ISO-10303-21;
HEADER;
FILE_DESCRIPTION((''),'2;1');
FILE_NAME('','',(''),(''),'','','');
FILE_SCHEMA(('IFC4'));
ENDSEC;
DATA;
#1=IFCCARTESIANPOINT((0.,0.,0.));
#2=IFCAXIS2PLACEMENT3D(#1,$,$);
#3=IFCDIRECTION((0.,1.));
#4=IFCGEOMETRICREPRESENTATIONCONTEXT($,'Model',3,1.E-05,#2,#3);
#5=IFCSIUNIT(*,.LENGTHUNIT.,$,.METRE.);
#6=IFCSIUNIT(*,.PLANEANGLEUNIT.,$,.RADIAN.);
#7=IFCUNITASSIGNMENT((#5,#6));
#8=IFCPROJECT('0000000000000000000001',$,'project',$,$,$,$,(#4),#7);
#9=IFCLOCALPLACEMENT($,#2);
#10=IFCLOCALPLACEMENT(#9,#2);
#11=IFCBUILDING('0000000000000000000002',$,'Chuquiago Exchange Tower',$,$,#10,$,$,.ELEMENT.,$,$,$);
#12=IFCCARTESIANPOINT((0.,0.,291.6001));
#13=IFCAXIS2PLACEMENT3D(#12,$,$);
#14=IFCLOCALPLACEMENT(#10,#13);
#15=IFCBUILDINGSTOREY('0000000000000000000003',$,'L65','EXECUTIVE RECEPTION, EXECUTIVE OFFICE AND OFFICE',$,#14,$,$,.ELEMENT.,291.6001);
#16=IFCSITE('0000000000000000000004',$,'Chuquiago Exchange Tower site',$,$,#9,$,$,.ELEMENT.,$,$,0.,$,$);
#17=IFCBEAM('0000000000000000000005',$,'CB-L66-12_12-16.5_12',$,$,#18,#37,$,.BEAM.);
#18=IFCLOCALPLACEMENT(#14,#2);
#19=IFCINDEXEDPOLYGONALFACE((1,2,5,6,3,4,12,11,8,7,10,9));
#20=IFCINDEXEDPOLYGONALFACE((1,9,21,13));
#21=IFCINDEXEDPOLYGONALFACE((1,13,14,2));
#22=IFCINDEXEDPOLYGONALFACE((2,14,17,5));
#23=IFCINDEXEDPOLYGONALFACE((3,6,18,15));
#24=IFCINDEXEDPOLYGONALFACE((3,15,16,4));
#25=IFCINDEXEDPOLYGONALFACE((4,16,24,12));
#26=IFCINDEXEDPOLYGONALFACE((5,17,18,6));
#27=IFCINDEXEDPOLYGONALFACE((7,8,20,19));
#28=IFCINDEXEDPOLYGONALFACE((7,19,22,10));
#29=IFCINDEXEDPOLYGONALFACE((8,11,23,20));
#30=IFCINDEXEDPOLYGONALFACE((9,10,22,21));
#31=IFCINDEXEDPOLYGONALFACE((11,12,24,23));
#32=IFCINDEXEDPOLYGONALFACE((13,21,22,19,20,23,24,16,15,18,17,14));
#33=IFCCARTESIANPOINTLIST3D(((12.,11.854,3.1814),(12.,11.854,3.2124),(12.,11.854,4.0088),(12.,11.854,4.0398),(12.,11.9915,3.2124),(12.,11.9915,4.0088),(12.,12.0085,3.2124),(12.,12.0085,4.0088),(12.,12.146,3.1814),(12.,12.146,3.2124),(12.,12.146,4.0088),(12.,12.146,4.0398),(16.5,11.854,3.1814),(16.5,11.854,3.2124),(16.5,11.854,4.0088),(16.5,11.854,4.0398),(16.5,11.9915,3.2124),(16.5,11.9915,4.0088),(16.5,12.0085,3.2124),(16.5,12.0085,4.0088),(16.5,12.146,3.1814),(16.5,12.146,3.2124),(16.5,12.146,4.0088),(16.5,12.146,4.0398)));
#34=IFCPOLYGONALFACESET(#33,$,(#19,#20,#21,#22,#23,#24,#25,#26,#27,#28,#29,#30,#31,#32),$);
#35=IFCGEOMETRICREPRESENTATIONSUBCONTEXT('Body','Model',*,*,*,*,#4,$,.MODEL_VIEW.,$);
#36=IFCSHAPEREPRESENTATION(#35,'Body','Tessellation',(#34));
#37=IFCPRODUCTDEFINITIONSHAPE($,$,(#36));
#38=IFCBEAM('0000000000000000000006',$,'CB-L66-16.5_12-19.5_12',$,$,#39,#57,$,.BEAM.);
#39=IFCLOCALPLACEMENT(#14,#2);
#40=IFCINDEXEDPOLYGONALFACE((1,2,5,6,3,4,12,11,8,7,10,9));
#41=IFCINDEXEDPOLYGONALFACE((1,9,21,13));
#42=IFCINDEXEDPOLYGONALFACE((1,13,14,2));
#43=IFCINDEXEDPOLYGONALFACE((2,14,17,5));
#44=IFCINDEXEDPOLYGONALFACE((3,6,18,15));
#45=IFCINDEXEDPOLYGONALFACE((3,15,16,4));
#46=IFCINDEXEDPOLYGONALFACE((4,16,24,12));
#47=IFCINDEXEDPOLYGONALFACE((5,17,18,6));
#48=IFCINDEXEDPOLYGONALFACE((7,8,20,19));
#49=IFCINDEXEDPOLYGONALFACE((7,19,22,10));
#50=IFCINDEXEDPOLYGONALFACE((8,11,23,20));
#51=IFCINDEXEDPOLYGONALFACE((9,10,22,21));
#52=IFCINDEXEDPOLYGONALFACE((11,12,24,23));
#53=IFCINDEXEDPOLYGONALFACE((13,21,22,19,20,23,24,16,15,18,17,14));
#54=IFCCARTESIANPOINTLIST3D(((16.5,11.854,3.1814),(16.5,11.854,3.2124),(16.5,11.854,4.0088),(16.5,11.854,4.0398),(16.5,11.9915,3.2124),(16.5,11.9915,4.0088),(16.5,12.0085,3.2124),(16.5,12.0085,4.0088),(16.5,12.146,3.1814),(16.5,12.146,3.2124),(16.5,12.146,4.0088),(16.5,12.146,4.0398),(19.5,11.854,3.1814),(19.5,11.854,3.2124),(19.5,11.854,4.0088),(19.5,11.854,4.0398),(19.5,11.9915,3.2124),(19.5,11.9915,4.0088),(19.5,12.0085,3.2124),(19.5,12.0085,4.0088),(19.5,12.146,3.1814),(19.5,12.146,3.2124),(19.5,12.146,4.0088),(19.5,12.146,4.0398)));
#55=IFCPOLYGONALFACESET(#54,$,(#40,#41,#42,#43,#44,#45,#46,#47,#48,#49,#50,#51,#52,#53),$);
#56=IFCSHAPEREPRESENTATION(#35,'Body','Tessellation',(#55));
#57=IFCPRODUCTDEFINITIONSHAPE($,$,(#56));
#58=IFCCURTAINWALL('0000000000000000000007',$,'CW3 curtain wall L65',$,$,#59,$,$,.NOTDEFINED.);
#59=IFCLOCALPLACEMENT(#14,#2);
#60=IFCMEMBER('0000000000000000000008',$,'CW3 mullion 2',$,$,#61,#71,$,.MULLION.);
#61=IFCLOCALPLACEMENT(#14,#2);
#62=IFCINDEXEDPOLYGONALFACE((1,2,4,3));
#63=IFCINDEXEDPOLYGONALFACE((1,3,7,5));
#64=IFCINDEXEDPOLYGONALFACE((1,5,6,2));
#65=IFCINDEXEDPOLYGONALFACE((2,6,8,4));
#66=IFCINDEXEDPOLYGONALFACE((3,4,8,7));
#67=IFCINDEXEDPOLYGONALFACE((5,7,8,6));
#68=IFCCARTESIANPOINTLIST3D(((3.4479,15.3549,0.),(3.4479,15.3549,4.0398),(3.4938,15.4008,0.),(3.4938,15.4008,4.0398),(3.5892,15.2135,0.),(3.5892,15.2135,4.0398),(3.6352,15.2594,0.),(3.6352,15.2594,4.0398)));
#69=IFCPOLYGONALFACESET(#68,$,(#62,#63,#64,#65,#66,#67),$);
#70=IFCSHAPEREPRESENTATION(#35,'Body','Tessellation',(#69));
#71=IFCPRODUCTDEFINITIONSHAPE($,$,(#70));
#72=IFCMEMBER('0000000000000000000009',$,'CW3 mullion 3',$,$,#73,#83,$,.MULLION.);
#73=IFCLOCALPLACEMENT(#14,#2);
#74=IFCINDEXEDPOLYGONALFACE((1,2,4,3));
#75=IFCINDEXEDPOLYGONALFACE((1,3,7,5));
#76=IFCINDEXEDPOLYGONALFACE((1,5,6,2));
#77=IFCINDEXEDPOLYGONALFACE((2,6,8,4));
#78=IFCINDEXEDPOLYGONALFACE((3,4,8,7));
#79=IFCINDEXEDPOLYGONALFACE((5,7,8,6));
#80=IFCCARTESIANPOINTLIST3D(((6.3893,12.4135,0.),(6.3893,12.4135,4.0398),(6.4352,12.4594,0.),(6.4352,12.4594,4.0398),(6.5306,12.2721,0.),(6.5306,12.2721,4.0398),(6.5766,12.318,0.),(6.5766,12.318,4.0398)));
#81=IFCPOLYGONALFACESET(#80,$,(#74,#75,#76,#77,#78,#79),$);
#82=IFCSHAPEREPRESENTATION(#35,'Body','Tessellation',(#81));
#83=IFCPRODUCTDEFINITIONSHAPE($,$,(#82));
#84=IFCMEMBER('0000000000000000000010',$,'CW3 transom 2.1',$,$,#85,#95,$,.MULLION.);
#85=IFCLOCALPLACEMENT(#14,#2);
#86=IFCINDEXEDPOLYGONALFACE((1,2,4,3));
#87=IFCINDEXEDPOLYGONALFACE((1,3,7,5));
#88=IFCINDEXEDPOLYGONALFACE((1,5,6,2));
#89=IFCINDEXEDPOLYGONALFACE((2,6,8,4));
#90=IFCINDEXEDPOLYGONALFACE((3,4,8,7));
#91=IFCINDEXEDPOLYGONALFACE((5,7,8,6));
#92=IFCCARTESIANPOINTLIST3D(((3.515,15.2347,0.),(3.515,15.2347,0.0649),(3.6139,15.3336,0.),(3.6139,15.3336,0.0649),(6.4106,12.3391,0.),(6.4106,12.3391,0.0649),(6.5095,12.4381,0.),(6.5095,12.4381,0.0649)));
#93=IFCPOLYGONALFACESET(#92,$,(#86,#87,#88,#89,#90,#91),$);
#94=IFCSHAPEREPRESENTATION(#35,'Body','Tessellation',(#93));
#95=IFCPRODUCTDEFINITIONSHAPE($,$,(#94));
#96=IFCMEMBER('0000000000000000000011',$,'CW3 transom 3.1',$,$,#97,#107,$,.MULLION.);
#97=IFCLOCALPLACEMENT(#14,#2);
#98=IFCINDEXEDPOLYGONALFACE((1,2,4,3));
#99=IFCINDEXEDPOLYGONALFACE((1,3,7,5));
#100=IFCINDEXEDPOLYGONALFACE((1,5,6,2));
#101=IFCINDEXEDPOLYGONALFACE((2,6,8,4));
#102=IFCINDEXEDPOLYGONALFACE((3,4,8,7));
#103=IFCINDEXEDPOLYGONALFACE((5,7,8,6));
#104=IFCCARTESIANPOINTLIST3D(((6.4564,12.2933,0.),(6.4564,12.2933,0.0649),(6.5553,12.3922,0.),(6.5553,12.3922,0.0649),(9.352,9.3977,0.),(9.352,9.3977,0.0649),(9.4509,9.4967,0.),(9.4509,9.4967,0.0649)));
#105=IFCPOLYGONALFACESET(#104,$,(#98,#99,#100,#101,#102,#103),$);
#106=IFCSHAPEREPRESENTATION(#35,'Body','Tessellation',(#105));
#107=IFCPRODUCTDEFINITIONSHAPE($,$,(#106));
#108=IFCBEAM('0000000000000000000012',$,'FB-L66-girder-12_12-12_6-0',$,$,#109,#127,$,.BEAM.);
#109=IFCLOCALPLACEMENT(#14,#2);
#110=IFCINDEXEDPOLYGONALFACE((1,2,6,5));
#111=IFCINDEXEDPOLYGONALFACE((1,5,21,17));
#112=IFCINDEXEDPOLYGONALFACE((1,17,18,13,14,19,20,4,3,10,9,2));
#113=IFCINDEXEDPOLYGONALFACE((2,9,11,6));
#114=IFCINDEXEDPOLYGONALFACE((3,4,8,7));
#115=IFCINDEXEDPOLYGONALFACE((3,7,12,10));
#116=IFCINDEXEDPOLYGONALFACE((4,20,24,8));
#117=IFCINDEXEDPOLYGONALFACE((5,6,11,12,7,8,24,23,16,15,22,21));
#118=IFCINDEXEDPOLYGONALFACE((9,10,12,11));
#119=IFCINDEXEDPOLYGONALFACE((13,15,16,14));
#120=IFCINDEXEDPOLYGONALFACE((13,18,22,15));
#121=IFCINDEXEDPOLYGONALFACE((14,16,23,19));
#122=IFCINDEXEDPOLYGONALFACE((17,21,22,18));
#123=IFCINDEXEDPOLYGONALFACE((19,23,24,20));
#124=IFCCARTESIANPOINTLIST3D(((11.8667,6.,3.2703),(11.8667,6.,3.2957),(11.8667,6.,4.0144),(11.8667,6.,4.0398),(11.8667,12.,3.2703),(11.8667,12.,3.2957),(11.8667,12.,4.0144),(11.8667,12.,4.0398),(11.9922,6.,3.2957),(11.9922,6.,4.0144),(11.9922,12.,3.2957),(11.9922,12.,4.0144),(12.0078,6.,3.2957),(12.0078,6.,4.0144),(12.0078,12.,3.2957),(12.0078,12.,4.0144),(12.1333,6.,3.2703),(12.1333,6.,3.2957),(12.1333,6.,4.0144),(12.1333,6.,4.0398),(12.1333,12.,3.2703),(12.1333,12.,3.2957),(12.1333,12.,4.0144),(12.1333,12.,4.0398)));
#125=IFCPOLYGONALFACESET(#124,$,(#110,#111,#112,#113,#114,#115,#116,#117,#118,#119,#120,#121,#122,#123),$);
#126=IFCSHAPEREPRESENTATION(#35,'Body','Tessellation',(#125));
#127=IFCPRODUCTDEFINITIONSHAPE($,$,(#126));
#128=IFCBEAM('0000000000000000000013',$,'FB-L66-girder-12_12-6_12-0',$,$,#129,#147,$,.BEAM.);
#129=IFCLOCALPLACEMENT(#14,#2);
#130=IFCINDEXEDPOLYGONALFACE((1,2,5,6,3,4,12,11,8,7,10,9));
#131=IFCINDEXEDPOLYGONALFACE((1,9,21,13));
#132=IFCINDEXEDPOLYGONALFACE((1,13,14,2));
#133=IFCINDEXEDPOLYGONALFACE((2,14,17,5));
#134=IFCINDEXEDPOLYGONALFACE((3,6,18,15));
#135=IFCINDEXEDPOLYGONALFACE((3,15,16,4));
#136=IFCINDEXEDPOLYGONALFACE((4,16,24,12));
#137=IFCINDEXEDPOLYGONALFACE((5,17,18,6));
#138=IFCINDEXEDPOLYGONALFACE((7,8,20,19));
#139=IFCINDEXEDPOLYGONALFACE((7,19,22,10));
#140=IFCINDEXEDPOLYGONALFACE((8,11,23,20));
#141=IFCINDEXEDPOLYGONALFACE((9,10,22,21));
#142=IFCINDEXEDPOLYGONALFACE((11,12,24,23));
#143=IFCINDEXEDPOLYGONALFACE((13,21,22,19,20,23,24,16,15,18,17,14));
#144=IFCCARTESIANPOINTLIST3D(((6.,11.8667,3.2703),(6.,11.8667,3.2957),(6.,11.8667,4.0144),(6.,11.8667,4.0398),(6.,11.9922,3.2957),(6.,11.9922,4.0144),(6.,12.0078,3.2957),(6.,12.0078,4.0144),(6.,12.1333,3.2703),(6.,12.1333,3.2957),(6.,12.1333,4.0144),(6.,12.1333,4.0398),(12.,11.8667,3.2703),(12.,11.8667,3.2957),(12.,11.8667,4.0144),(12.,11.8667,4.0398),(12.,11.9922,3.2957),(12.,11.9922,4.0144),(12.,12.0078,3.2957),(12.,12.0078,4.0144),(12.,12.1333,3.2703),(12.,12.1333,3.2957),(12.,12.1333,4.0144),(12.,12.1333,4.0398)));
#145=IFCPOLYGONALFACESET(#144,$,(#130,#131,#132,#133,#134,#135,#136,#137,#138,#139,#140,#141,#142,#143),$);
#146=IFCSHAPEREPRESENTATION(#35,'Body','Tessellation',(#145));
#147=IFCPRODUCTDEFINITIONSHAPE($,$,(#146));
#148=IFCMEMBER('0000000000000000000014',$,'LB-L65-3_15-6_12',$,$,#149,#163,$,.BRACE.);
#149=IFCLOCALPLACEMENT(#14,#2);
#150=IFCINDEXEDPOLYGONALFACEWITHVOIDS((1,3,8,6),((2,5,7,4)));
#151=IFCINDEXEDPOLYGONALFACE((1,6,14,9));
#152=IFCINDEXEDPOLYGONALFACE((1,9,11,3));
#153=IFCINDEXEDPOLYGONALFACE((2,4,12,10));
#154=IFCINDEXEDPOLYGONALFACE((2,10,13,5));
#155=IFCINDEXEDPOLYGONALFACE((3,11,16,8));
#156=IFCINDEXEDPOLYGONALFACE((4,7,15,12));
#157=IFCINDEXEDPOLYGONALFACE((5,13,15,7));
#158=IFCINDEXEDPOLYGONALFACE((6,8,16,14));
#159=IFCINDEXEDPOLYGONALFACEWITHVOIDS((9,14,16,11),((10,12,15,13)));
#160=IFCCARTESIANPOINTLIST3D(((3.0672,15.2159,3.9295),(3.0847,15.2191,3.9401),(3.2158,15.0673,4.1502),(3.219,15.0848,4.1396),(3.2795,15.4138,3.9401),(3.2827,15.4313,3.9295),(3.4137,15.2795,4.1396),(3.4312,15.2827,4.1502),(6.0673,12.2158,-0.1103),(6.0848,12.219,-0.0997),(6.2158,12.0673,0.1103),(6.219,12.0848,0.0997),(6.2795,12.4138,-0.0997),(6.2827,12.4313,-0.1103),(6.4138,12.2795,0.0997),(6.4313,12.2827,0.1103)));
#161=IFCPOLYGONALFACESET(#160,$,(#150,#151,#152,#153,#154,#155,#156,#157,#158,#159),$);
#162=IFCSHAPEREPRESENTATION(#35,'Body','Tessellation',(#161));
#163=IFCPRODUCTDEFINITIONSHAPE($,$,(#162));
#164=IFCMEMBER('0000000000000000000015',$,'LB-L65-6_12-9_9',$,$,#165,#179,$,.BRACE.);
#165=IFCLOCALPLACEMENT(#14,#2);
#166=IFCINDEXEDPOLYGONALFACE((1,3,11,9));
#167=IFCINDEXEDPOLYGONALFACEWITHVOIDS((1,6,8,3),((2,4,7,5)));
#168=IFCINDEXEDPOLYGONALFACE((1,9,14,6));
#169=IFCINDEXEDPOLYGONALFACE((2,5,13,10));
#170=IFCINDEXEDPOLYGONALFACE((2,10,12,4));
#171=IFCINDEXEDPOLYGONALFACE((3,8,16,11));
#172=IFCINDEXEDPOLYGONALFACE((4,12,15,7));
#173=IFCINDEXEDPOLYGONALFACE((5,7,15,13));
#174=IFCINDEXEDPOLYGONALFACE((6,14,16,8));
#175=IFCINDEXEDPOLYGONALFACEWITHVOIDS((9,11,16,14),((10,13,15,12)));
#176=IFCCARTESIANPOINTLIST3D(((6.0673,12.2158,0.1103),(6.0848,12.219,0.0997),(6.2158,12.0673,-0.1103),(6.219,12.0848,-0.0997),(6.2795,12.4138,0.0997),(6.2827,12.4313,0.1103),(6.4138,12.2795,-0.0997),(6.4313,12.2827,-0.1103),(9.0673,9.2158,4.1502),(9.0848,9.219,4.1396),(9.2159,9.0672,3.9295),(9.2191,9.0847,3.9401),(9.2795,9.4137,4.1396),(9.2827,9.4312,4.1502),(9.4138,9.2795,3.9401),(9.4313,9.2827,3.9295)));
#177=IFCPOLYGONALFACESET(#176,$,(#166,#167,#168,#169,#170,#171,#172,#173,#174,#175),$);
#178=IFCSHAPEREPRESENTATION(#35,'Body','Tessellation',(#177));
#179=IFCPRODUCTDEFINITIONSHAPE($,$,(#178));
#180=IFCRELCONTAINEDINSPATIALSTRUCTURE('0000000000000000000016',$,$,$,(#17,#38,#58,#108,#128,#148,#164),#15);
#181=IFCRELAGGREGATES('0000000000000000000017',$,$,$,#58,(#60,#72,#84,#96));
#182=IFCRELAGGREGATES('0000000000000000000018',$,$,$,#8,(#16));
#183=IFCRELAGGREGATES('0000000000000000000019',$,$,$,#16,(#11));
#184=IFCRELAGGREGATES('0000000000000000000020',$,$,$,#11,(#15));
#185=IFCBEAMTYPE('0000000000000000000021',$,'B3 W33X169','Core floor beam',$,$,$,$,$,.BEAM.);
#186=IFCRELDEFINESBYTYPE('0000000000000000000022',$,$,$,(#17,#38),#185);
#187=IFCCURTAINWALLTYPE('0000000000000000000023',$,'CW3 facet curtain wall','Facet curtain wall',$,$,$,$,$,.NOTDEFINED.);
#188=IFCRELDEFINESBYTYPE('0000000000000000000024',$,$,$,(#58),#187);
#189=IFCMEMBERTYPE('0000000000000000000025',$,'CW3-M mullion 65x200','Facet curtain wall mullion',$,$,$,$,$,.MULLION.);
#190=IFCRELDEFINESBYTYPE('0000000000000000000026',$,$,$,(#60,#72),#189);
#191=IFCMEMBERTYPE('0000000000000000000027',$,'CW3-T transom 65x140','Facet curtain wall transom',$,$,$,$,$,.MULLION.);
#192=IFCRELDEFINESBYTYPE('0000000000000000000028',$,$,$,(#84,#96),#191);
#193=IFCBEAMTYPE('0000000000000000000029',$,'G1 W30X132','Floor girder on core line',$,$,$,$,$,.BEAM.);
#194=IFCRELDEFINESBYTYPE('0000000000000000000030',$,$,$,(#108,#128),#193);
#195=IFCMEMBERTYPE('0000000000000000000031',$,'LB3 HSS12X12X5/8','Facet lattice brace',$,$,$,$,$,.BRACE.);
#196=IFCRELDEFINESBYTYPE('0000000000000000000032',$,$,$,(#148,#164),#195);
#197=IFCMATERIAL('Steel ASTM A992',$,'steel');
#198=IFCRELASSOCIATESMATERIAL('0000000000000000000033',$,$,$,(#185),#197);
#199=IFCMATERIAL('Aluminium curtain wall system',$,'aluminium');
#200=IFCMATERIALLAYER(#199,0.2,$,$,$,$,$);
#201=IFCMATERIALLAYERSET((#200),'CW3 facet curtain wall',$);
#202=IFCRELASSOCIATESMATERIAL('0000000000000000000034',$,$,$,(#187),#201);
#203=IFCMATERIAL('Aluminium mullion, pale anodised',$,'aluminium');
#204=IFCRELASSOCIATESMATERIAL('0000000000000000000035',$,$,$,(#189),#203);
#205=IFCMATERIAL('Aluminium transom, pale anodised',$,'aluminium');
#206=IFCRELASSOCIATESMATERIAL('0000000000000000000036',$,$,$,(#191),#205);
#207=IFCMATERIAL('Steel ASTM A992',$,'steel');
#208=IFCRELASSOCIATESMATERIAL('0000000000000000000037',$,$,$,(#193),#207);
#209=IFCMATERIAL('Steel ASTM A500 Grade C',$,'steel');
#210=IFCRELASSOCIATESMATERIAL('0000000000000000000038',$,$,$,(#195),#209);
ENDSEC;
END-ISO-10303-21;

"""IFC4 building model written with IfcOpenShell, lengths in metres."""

from ifc_helpers import new_model, si_unit, direction, frame, origin, origin_2d, place, context, subcontext, project, spatial, rectangle, hollow_rectangle, i_section, extrude, material, layer, layer_set, material_profile, profile_set, type_object, element, aggregate, save


model = new_model("IFC4")

# Units and contexts
model_context = context("Model", 3, precision=1e-05, world=origin(), true_north=direction((0.0, 1.0)))
body_context = subcontext(model_context, "Body", "Model", "MODEL_VIEW")
ifc_project = project(units=[si_unit("LENGTHUNIT", "METRE"), si_unit("PLANEANGLEUNIT", "RADIAN")], contexts=[model_context])

# Site, building, storey
site_placement = place(None, origin())
site = spatial("IfcSite", under=ifc_project, at=site_placement, Name="Chuquiago Exchange Tower site", CompositionType="ELEMENT", RefElevation=0.0)
building_placement = place(site_placement, origin())
building = spatial("IfcBuilding", under=site, at=building_placement, Name="Chuquiago Exchange Tower", CompositionType="ELEMENT")
storey_placement = place(building_placement, frame((0.0, 0.0, 291.6001)))
storey = spatial("IfcBuildingStorey", under=building, at=storey_placement, Name="L65", Description="EXECUTIVE RECEPTION, EXECUTIVE OFFICE AND OFFICE", CompositionType="ELEMENT", Elevation=291.6001)

# Beams
ifc_material_1 = material(Name="Steel ASTM A992", Category="steel")
ifc_material_profile_1 = material_profile(ifc_material_1, i_section(OverallWidth=0.292, OverallDepth=0.8584, WebThickness=0.0171, FlangeThickness=0.031, at=origin_2d()), Name="W33X169")
ifc_profile_set_1 = profile_set([ifc_material_profile_1], Name="Steel ASTM A992")
beam_type_1 = type_object("IfcBeamType", Name="B3 W33X169", Description="Core floor beam", PredefinedType="BEAM", material=ifc_profile_set_1)
beam_1_placement = place(storey_placement, frame((12.0, 12.0, 3.6106), z_axis=(1.0, 0.0, 0.0), x_axis=(0.0, 1.0, 0.0)))
element("IfcBeam", 1, at=beam_1_placement, inside=storey, type_object=beam_type_1, Name="CB-L66-12_12-16.5_12", PredefinedType="BEAM", context=body_context, shape_type="SweptSolid", body=[
    extrude(i_section(OverallWidth=0.292, OverallDepth=0.8584, WebThickness=0.0171, FlangeThickness=0.031, at=origin_2d()), origin(), (0.0, 0.0, 1.0), 4.5),
])
beam_2_placement = place(storey_placement, frame((16.5, 12.0, 3.6106), z_axis=(1.0, 0.0, 0.0), x_axis=(0.0, 1.0, 0.0)))
element("IfcBeam", 2, at=beam_2_placement, inside=storey, type_object=beam_type_1, Name="CB-L66-16.5_12-19.5_12", PredefinedType="BEAM", context=body_context, shape_type="SweptSolid", body=[
    extrude(i_section(OverallWidth=0.292, OverallDepth=0.8584, WebThickness=0.0171, FlangeThickness=0.031, at=origin_2d()), origin(), (0.0, 0.0, 1.0), 3.0),
])

# Curtain wall, members
ifc_material_2 = material(Name="Aluminium curtain wall system", Category="aluminium")
ifc_layer_1 = layer(ifc_material_2, 0.2)
ifc_layer_set_1 = layer_set([ifc_layer_1], Name="CW3 facet curtain wall")
curtain_wall_type = type_object("IfcCurtainWallType", Name="CW3 facet curtain wall", Description="Facet curtain wall", PredefinedType="NOTDEFINED", material=ifc_layer_set_1)
curtain_wall_placement = place(storey_placement, origin())
curtain_wall = element("IfcCurtainWall", 3, at=curtain_wall_placement, inside=storey, type_object=curtain_wall_type, Name="CW3 curtain wall L65", PredefinedType="NOTDEFINED")
ifc_material_3 = material(Name="Aluminium mullion, pale anodised", Category="aluminium")
ifc_material_profile_2 = material_profile(ifc_material_3, rectangle(XDim=0.0649, YDim=0.2, at=origin_2d()), Name="AL 65x200")
ifc_profile_set_2 = profile_set([ifc_material_profile_2], Name="Aluminium mullion, pale anodised")
member_type_1 = type_object("IfcMemberType", Name="CW3-M mullion 65x200", Description="Facet curtain wall mullion", PredefinedType="MULLION", material=ifc_profile_set_2)
member_1_placement = place(storey_placement, frame((3.5415, 15.3071, 0.0), z_axis=(0.0, 0.0, 1.0), x_axis=(0.707107, 0.707107, 0.0)))
member_1 = element("IfcMember", 4, at=member_1_placement, type_object=member_type_1, Name="CW3 mullion 2", PredefinedType="MULLION", context=body_context, shape_type="SweptSolid", body=[
    extrude(rectangle(XDim=0.0649, YDim=0.2, at=origin_2d()), origin(), (0.0, 0.0, 1.0), 4.0398),
])
member_2_placement = place(storey_placement, frame((6.4829, 12.3657, 0.0), z_axis=(0.0, 0.0, 1.0), x_axis=(0.707107, 0.707107, 0.0)))
member_2 = element("IfcMember", 5, at=member_2_placement, type_object=member_type_1, Name="CW3 mullion 3", PredefinedType="MULLION", context=body_context, shape_type="SweptSolid", body=[
    extrude(rectangle(XDim=0.0649, YDim=0.2, at=origin_2d()), origin(), (0.0, 0.0, 1.0), 4.0398),
])
ifc_material_4 = material(Name="Aluminium transom, pale anodised", Category="aluminium")
ifc_material_profile_3 = material_profile(ifc_material_4, rectangle(XDim=0.1399, YDim=0.0649, at=origin_2d()), Name="AL 140x65")
ifc_profile_set_3 = profile_set([ifc_material_profile_3], Name="Aluminium transom, pale anodised")
member_type_2 = type_object("IfcMemberType", Name="CW3-T transom 65x140", Description="Facet curtain wall transom", PredefinedType="MULLION", material=ifc_profile_set_3)
member_3_placement = place(storey_placement, frame((3.5645, 15.2842, 0.0325), z_axis=(0.707107, -0.707107, 0.0), x_axis=(0.707107, 0.707107, 0.0)))
member_3 = element("IfcMember", 6, at=member_3_placement, type_object=member_type_2, Name="CW3 transom 2.1", PredefinedType="MULLION", context=body_context, shape_type="SweptSolid", body=[
    extrude(rectangle(XDim=0.1399, YDim=0.0649, at=origin_2d()), origin(), (0.0, 0.0, 1.0), 4.095),
])
member_4_placement = place(storey_placement, frame((6.5059, 12.3428, 0.0325), z_axis=(0.707107, -0.707107, 0.0), x_axis=(0.707107, 0.707107, 0.0)))
member_4 = element("IfcMember", 7, at=member_4_placement, type_object=member_type_2, Name="CW3 transom 3.1", PredefinedType="MULLION", context=body_context, shape_type="SweptSolid", body=[
    extrude(rectangle(XDim=0.1399, YDim=0.0649, at=origin_2d()), origin(), (0.0, 0.0, 1.0), 4.095),
])

# Beams
ifc_material_5 = material(Name="Steel ASTM A992", Category="steel")
ifc_material_profile_4 = material_profile(ifc_material_5, i_section(OverallWidth=0.2666, OverallDepth=0.7695, WebThickness=0.0156, FlangeThickness=0.0254, at=origin_2d()), Name="W30X132")
ifc_profile_set_4 = profile_set([ifc_material_profile_4], Name="Steel ASTM A992")
beam_type_2 = type_object("IfcBeamType", Name="G1 W30X132", Description="Floor girder on core line", PredefinedType="BEAM", material=ifc_profile_set_4)
for number, where, z_axis, x_axis, name in (
    (8, (12.0, 12.0, 3.655), (0.0, -1.0, 0.0), (1.0, 0.0, 0.0), "FB-L66-girder-12_12-12_6-0"),
    (9, (12.0, 12.0, 3.655), (-1.0, 0.0, 0.0), (0.0, -1.0, 0.0), "FB-L66-girder-12_12-6_12-0"),
):
    element("IfcBeam", number, at=place(storey_placement, frame(where, z_axis=z_axis, x_axis=x_axis)), inside=storey, type_object=beam_type_2, Name=name, PredefinedType="BEAM", context=body_context, shape_type="SweptSolid", body=[
        extrude(i_section(OverallWidth=0.2666, OverallDepth=0.7695, WebThickness=0.0156, FlangeThickness=0.0254, at=origin_2d()), origin(), (0.0, 0.0, 1.0), 6.0),
    ])

# Members
ifc_material_6 = material(Name="Steel ASTM A500 Grade C", Category="steel")
ifc_material_profile_5 = material_profile(ifc_material_6, hollow_rectangle(XDim=0.3047, YDim=0.3047, WallThickness=0.0146, at=origin_2d()), Name="HSS12X12X5/8")
ifc_profile_set_5 = profile_set([ifc_material_profile_5], Name="Steel ASTM A500 Grade C")
member_type_3 = type_object("IfcMemberType", Name="LB3 HSS12X12X5/8", Description="Facet lattice brace", PredefinedType="BRACE", material=ifc_profile_set_5)
for number, where, z_axis, x_axis, name in (
    (10, (6.2493, 12.2493, 0.0), (-0.512092, 0.512092, 0.689582), (-0.707107, -0.707107, 0.0), "LB-L65-3_15-6_12"),
    (11, (6.2493, 12.2493, 0.0), (0.512092, -0.512092, 0.689582), (0.707107, 0.707107, 0.0), "LB-L65-6_12-9_9"),
):
    element("IfcMember", number, at=place(storey_placement, frame(where, z_axis=z_axis, x_axis=x_axis)), inside=storey, type_object=member_type_3, Name=name, PredefinedType="BRACE", context=body_context, shape_type="SweptSolid", body=[
        extrude(hollow_rectangle(XDim=0.3047, YDim=0.3047, WallThickness=0.0146, at=origin_2d()), origin(), (0.0, 0.0, 1.0), 5.8584),
    ])

aggregate(curtain_wall, [member_1, member_2, member_3, member_4])

save(model, "model.ifc")
